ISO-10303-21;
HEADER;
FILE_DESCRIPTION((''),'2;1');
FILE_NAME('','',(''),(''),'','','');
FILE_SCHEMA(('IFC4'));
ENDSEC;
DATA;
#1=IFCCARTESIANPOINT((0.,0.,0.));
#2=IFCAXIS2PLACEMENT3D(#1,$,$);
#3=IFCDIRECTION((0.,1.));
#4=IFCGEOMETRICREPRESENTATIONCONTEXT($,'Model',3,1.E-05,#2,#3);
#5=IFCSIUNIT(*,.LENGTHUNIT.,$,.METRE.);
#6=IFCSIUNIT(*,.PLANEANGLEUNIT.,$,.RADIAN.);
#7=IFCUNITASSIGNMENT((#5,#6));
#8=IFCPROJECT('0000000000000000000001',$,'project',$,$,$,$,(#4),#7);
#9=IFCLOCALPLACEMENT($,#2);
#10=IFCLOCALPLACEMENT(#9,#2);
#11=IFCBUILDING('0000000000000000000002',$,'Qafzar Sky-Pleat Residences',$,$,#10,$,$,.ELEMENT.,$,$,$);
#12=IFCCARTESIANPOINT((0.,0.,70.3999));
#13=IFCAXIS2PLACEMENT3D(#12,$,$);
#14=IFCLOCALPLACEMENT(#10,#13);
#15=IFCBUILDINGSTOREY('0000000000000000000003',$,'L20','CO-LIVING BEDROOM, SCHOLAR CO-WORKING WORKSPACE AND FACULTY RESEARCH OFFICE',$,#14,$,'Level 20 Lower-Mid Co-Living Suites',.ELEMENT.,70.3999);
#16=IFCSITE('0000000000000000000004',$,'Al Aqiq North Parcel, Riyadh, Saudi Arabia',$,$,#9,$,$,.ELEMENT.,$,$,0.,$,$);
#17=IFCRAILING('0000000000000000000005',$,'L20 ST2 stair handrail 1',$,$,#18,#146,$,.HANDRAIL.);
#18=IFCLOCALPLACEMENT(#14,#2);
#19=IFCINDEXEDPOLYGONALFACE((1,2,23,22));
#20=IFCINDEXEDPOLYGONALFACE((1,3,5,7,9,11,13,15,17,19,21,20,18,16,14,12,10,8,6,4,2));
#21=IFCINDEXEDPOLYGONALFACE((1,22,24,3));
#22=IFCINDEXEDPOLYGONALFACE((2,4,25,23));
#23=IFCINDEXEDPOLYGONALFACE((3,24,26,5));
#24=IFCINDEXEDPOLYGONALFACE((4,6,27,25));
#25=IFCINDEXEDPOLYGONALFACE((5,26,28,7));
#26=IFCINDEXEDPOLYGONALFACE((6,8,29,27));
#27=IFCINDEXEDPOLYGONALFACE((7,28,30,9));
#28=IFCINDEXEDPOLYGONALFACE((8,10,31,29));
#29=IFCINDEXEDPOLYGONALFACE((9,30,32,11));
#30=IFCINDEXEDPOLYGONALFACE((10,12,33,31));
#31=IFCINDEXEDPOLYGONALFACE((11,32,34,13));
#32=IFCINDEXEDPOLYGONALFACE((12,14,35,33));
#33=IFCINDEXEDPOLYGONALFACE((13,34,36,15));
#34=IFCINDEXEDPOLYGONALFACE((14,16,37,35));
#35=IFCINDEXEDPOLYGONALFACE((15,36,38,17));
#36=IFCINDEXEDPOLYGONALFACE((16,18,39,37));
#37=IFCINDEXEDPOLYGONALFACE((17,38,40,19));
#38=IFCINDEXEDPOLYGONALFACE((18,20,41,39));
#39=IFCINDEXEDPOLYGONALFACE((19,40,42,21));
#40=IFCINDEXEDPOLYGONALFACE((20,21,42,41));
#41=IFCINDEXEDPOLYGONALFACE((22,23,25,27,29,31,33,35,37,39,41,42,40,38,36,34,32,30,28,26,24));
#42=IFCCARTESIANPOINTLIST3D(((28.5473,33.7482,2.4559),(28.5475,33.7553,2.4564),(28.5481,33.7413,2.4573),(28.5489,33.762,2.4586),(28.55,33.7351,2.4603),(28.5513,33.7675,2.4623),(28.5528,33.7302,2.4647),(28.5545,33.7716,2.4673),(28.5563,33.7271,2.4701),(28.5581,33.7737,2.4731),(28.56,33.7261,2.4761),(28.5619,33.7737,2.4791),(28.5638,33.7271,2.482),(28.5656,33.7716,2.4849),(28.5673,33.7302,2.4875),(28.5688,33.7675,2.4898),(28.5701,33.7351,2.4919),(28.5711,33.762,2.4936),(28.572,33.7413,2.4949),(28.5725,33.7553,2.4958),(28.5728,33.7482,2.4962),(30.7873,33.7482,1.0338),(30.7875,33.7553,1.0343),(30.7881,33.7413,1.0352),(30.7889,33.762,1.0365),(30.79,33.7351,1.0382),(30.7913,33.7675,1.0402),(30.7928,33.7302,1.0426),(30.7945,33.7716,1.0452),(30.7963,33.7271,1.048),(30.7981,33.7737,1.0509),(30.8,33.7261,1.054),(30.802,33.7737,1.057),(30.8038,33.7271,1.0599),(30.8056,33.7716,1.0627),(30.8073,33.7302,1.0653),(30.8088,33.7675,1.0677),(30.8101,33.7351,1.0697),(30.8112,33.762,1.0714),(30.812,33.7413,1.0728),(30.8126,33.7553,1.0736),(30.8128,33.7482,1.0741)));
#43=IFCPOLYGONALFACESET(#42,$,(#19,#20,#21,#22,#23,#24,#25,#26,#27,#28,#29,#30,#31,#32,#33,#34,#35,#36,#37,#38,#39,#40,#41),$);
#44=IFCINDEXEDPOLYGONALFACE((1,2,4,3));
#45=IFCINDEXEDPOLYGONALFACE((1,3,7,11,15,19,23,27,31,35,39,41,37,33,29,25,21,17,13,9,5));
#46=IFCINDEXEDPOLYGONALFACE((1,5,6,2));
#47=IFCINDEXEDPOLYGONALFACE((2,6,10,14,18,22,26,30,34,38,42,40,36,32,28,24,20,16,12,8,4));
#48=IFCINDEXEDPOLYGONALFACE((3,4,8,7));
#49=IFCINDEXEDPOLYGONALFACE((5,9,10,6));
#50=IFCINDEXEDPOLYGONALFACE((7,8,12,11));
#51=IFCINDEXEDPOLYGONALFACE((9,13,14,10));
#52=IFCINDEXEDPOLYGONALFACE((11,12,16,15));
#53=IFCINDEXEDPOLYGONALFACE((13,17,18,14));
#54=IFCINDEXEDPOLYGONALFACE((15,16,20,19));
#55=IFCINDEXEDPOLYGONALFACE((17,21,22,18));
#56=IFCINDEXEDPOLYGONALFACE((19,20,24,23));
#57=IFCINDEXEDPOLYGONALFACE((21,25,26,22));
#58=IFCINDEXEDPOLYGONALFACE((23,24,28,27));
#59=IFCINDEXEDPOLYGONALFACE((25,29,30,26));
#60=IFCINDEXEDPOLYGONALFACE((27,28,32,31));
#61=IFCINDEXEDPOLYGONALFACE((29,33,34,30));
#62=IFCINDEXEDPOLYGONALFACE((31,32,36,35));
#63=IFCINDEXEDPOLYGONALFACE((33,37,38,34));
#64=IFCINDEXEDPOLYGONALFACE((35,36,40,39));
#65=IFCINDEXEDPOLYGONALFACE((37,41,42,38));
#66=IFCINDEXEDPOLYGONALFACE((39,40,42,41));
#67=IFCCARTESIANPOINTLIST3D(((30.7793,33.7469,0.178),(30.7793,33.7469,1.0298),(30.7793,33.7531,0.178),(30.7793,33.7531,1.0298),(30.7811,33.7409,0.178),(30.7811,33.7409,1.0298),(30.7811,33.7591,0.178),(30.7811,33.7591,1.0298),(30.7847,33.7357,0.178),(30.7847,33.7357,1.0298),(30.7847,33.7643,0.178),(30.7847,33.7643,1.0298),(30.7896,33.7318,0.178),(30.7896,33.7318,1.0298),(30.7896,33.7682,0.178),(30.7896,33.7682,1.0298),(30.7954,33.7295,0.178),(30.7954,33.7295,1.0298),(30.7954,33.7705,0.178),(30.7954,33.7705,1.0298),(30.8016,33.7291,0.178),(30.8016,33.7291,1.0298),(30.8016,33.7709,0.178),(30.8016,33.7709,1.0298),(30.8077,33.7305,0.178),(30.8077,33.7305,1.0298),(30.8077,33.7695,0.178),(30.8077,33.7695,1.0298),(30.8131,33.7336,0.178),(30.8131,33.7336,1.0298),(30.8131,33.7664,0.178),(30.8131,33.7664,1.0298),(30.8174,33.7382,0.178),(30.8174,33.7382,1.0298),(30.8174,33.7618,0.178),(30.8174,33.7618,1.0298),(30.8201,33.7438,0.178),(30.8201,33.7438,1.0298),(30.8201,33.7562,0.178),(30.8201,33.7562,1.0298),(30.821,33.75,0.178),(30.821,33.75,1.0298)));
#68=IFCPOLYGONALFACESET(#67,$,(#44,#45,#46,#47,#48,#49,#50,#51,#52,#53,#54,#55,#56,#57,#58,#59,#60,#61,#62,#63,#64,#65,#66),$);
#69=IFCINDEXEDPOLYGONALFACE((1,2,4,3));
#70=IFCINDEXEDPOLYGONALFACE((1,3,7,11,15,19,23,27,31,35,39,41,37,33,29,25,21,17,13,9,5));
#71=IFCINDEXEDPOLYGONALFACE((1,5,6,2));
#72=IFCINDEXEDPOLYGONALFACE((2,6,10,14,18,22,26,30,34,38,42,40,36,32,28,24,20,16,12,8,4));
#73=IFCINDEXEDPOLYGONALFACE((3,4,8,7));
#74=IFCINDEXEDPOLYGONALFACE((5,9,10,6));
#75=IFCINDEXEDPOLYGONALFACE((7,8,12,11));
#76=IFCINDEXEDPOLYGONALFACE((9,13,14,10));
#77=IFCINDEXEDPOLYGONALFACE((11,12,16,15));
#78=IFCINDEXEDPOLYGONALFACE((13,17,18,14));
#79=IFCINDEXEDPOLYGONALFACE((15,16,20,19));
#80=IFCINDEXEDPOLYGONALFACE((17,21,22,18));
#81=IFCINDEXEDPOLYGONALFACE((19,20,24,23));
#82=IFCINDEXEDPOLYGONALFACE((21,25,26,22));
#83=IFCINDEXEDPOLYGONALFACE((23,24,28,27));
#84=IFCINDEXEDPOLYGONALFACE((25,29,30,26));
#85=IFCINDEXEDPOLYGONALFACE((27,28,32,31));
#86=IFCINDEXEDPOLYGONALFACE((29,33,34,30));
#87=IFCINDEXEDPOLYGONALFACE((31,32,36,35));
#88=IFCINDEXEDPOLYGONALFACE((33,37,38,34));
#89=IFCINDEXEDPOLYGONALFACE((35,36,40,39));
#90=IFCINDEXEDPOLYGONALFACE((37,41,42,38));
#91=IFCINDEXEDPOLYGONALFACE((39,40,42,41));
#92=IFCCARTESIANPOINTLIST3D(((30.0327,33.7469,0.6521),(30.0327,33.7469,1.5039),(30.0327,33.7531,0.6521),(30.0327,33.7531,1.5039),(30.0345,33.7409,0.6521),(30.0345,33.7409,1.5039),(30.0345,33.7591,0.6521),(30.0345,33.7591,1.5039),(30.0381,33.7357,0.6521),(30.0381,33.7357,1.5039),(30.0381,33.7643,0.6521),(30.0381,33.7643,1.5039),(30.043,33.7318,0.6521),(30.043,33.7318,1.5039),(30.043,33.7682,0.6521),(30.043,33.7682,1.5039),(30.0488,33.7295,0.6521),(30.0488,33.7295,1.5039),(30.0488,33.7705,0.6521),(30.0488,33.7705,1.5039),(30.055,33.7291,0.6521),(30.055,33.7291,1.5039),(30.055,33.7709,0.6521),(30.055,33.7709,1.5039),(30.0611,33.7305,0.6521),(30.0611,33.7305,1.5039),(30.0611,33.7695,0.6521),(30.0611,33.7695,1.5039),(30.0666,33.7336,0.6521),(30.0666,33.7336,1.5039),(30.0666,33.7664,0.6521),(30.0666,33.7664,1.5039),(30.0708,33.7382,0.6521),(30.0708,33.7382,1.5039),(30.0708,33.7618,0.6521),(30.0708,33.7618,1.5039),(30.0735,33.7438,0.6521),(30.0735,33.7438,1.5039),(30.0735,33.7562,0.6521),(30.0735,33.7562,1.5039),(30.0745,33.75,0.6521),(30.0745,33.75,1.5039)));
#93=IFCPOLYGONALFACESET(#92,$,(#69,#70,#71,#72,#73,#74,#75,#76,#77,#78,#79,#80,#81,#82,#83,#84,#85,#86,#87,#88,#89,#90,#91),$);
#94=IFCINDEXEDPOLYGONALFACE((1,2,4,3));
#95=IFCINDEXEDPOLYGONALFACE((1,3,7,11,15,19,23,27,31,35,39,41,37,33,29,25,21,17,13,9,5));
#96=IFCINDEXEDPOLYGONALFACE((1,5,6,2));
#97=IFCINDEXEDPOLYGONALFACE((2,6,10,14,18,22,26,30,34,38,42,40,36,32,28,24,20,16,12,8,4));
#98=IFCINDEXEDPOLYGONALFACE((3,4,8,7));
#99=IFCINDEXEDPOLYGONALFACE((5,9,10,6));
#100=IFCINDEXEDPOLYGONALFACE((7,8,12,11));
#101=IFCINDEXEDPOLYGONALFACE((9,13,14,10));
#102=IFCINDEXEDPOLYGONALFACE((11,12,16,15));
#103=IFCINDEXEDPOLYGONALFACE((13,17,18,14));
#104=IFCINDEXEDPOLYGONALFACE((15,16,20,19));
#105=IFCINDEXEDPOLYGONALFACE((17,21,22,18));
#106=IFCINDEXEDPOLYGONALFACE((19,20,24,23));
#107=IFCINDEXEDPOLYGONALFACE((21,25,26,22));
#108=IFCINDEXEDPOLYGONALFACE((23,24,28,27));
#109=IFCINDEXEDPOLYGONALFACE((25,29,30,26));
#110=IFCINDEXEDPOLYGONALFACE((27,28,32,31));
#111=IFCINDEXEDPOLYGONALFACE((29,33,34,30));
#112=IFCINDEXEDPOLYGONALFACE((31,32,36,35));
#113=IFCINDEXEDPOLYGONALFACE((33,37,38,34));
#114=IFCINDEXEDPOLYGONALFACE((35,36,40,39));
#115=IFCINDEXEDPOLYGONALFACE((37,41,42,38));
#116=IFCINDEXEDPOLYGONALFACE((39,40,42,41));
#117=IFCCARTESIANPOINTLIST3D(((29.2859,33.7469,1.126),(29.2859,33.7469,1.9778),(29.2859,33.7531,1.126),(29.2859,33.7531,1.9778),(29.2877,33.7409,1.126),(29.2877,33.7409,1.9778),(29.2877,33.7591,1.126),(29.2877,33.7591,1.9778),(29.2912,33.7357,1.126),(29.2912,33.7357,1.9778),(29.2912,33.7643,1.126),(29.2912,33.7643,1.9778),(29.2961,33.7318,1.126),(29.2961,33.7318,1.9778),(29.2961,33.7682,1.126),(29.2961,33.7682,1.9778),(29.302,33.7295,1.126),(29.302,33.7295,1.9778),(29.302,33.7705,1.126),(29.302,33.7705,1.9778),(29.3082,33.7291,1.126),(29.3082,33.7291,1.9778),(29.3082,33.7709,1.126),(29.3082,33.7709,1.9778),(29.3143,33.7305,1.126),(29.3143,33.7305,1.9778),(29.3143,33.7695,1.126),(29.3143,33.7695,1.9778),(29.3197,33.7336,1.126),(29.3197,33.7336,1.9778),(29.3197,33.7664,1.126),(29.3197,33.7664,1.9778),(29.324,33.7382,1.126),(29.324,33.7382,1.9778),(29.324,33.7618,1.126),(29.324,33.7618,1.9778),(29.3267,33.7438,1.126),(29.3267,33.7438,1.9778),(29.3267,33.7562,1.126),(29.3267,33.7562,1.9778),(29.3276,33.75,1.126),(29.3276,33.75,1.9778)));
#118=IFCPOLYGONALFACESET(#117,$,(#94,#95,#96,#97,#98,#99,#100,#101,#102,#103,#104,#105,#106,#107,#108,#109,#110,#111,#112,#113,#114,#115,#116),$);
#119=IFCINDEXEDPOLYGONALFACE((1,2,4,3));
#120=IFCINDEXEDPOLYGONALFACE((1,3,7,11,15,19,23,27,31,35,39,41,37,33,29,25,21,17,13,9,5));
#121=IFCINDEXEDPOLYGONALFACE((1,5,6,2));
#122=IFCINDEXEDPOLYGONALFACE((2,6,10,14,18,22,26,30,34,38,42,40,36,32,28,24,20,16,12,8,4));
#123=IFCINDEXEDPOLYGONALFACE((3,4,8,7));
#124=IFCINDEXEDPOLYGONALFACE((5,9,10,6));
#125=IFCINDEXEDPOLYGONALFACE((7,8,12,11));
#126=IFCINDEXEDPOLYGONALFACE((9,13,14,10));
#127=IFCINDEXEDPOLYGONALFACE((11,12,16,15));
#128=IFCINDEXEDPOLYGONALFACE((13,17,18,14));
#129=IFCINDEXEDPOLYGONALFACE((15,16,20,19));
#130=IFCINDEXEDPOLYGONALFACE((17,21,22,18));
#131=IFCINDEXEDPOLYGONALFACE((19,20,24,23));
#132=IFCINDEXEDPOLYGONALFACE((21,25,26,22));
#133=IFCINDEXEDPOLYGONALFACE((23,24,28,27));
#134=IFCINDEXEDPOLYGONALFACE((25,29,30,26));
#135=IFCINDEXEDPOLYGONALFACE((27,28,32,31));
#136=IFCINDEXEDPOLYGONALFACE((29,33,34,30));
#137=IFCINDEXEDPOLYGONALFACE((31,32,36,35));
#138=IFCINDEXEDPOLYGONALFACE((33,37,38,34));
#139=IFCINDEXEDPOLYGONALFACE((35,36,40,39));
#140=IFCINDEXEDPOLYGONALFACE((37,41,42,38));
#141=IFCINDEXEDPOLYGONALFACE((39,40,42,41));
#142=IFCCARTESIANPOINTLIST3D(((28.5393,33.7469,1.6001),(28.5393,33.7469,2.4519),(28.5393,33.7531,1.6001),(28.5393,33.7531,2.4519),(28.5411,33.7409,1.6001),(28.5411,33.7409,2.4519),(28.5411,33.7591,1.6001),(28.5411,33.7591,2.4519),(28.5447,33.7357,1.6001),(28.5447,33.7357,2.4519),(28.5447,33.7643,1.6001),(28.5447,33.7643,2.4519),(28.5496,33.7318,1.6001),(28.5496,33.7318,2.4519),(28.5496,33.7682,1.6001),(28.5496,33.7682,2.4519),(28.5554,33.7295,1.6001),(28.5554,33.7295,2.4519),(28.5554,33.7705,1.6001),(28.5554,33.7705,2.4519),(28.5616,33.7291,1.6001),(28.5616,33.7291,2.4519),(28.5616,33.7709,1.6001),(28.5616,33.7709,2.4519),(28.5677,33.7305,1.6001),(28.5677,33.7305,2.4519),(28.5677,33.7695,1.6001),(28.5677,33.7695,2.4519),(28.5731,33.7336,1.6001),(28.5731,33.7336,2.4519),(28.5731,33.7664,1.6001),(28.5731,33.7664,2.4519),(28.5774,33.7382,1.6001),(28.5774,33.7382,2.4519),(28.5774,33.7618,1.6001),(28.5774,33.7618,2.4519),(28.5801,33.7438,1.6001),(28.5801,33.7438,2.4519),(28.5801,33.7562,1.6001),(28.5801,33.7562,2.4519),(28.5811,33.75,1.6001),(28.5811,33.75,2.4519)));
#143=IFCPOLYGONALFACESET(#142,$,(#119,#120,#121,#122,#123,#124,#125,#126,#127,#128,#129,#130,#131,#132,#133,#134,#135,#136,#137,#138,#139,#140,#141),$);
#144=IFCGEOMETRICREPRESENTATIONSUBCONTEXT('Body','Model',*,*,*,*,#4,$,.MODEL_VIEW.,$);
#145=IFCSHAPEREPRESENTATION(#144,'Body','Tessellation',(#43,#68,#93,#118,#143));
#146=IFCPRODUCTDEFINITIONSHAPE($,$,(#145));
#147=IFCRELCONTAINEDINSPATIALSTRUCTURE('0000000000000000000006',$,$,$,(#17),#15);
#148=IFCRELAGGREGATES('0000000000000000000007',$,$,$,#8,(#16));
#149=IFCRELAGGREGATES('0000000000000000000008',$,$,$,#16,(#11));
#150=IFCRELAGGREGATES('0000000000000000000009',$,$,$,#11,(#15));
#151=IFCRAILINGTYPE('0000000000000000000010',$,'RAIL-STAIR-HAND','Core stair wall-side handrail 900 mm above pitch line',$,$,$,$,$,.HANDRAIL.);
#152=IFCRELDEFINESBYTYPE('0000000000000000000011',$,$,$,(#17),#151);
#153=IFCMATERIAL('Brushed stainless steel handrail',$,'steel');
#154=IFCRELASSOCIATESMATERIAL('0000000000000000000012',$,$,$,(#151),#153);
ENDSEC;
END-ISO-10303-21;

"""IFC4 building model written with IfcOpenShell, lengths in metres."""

from ifc_helpers import new_model, si_unit, direction, frame, origin, origin_2d, place, context, subcontext, project, spatial, circle, extrude, source, transform, mapped, material, type_object, element, save


model = new_model("IFC4")

# Units and contexts
model_context = context("Model", 3, precision=1e-05, world=origin(), true_north=direction((0.0, 1.0)))
body_context = subcontext(model_context, "Body", "Model", "MODEL_VIEW")
ifc_project = project(units=[si_unit("LENGTHUNIT", "METRE"), si_unit("PLANEANGLEUNIT", "RADIAN")], contexts=[model_context])

# Site, building, storey
site_placement = place(None, origin())
site = spatial("IfcSite", under=ifc_project, at=site_placement, Name="Al Aqiq North Parcel, Riyadh, Saudi Arabia", CompositionType="ELEMENT", RefElevation=0.0)
building_placement = place(site_placement, origin())
building = spatial("IfcBuilding", under=site, at=building_placement, Name="Qafzar Sky-Pleat Residences", CompositionType="ELEMENT")
storey_placement = place(building_placement, frame((0.0, 0.0, 70.3999)))
storey = spatial("IfcBuildingStorey", under=building, at=storey_placement, Name="L20", Description="CO-LIVING BEDROOM, SCHOLAR CO-WORKING WORKSPACE AND FACULTY RESEARCH OFFICE", LongName="Level 20 Lower-Mid Co-Living Suites", CompositionType="ELEMENT", Elevation=70.3999)

# Railing
ifc_material_1 = material(Name="Brushed stainless steel handrail", Category="steel")
railing_type_1 = type_object("IfcRailingType", Name="RAIL-STAIR-HAND", Description="Core stair wall-side handrail 900 mm above pitch line", PredefinedType="HANDRAIL", material=ifc_material_1)
shared_shape_1 = source(origin(), body_context, "Body", "SweptSolid", [
    extrude(circle(Radius=0.0239, at=origin_2d()), frame((0.0, 0.0, 0.876), z_axis=(-0.844229, 0.0, 0.535982), x_axis=(0.0, -1.0, 0.0)), (0.0, 0.0, 1.0), 2.6533),
    extrude(circle(Radius=0.021, at=origin_2d()), origin(), (0.0, 0.0, 1.0), 0.8518),
    extrude(circle(Radius=0.021, at=origin_2d()), frame((-0.7466, 0.0, 0.4741)), (0.0, 0.0, 1.0), 0.8518),
    extrude(circle(Radius=0.021, at=origin_2d()), frame((-1.4934, 0.0, 0.948)), (0.0, 0.0, 1.0), 0.8518),
    extrude(circle(Radius=0.021, at=origin_2d()), frame((-2.24, 0.0, 1.4221)), (0.0, 0.0, 1.0), 0.8518),
])
railing_1_placement = place(storey_placement, frame((30.8, 33.75, 0.178)))
element("IfcRailing", 1, at=railing_1_placement, inside=storey, type_object=railing_type_1, Name="L20 ST2 stair handrail 1", PredefinedType="HANDRAIL", context=body_context, shape_type="MappedRepresentation", body=[
    mapped(shared_shape_1, transform((0.0, 0.0, 0.0), x_axis=(1.0, 0.0, 0.0), y_axis=(0.0, 1.0, 0.0), z_axis=(0.0, 0.0, 1.0), scale=1.0)),
])

save(model, "model.ifc")
